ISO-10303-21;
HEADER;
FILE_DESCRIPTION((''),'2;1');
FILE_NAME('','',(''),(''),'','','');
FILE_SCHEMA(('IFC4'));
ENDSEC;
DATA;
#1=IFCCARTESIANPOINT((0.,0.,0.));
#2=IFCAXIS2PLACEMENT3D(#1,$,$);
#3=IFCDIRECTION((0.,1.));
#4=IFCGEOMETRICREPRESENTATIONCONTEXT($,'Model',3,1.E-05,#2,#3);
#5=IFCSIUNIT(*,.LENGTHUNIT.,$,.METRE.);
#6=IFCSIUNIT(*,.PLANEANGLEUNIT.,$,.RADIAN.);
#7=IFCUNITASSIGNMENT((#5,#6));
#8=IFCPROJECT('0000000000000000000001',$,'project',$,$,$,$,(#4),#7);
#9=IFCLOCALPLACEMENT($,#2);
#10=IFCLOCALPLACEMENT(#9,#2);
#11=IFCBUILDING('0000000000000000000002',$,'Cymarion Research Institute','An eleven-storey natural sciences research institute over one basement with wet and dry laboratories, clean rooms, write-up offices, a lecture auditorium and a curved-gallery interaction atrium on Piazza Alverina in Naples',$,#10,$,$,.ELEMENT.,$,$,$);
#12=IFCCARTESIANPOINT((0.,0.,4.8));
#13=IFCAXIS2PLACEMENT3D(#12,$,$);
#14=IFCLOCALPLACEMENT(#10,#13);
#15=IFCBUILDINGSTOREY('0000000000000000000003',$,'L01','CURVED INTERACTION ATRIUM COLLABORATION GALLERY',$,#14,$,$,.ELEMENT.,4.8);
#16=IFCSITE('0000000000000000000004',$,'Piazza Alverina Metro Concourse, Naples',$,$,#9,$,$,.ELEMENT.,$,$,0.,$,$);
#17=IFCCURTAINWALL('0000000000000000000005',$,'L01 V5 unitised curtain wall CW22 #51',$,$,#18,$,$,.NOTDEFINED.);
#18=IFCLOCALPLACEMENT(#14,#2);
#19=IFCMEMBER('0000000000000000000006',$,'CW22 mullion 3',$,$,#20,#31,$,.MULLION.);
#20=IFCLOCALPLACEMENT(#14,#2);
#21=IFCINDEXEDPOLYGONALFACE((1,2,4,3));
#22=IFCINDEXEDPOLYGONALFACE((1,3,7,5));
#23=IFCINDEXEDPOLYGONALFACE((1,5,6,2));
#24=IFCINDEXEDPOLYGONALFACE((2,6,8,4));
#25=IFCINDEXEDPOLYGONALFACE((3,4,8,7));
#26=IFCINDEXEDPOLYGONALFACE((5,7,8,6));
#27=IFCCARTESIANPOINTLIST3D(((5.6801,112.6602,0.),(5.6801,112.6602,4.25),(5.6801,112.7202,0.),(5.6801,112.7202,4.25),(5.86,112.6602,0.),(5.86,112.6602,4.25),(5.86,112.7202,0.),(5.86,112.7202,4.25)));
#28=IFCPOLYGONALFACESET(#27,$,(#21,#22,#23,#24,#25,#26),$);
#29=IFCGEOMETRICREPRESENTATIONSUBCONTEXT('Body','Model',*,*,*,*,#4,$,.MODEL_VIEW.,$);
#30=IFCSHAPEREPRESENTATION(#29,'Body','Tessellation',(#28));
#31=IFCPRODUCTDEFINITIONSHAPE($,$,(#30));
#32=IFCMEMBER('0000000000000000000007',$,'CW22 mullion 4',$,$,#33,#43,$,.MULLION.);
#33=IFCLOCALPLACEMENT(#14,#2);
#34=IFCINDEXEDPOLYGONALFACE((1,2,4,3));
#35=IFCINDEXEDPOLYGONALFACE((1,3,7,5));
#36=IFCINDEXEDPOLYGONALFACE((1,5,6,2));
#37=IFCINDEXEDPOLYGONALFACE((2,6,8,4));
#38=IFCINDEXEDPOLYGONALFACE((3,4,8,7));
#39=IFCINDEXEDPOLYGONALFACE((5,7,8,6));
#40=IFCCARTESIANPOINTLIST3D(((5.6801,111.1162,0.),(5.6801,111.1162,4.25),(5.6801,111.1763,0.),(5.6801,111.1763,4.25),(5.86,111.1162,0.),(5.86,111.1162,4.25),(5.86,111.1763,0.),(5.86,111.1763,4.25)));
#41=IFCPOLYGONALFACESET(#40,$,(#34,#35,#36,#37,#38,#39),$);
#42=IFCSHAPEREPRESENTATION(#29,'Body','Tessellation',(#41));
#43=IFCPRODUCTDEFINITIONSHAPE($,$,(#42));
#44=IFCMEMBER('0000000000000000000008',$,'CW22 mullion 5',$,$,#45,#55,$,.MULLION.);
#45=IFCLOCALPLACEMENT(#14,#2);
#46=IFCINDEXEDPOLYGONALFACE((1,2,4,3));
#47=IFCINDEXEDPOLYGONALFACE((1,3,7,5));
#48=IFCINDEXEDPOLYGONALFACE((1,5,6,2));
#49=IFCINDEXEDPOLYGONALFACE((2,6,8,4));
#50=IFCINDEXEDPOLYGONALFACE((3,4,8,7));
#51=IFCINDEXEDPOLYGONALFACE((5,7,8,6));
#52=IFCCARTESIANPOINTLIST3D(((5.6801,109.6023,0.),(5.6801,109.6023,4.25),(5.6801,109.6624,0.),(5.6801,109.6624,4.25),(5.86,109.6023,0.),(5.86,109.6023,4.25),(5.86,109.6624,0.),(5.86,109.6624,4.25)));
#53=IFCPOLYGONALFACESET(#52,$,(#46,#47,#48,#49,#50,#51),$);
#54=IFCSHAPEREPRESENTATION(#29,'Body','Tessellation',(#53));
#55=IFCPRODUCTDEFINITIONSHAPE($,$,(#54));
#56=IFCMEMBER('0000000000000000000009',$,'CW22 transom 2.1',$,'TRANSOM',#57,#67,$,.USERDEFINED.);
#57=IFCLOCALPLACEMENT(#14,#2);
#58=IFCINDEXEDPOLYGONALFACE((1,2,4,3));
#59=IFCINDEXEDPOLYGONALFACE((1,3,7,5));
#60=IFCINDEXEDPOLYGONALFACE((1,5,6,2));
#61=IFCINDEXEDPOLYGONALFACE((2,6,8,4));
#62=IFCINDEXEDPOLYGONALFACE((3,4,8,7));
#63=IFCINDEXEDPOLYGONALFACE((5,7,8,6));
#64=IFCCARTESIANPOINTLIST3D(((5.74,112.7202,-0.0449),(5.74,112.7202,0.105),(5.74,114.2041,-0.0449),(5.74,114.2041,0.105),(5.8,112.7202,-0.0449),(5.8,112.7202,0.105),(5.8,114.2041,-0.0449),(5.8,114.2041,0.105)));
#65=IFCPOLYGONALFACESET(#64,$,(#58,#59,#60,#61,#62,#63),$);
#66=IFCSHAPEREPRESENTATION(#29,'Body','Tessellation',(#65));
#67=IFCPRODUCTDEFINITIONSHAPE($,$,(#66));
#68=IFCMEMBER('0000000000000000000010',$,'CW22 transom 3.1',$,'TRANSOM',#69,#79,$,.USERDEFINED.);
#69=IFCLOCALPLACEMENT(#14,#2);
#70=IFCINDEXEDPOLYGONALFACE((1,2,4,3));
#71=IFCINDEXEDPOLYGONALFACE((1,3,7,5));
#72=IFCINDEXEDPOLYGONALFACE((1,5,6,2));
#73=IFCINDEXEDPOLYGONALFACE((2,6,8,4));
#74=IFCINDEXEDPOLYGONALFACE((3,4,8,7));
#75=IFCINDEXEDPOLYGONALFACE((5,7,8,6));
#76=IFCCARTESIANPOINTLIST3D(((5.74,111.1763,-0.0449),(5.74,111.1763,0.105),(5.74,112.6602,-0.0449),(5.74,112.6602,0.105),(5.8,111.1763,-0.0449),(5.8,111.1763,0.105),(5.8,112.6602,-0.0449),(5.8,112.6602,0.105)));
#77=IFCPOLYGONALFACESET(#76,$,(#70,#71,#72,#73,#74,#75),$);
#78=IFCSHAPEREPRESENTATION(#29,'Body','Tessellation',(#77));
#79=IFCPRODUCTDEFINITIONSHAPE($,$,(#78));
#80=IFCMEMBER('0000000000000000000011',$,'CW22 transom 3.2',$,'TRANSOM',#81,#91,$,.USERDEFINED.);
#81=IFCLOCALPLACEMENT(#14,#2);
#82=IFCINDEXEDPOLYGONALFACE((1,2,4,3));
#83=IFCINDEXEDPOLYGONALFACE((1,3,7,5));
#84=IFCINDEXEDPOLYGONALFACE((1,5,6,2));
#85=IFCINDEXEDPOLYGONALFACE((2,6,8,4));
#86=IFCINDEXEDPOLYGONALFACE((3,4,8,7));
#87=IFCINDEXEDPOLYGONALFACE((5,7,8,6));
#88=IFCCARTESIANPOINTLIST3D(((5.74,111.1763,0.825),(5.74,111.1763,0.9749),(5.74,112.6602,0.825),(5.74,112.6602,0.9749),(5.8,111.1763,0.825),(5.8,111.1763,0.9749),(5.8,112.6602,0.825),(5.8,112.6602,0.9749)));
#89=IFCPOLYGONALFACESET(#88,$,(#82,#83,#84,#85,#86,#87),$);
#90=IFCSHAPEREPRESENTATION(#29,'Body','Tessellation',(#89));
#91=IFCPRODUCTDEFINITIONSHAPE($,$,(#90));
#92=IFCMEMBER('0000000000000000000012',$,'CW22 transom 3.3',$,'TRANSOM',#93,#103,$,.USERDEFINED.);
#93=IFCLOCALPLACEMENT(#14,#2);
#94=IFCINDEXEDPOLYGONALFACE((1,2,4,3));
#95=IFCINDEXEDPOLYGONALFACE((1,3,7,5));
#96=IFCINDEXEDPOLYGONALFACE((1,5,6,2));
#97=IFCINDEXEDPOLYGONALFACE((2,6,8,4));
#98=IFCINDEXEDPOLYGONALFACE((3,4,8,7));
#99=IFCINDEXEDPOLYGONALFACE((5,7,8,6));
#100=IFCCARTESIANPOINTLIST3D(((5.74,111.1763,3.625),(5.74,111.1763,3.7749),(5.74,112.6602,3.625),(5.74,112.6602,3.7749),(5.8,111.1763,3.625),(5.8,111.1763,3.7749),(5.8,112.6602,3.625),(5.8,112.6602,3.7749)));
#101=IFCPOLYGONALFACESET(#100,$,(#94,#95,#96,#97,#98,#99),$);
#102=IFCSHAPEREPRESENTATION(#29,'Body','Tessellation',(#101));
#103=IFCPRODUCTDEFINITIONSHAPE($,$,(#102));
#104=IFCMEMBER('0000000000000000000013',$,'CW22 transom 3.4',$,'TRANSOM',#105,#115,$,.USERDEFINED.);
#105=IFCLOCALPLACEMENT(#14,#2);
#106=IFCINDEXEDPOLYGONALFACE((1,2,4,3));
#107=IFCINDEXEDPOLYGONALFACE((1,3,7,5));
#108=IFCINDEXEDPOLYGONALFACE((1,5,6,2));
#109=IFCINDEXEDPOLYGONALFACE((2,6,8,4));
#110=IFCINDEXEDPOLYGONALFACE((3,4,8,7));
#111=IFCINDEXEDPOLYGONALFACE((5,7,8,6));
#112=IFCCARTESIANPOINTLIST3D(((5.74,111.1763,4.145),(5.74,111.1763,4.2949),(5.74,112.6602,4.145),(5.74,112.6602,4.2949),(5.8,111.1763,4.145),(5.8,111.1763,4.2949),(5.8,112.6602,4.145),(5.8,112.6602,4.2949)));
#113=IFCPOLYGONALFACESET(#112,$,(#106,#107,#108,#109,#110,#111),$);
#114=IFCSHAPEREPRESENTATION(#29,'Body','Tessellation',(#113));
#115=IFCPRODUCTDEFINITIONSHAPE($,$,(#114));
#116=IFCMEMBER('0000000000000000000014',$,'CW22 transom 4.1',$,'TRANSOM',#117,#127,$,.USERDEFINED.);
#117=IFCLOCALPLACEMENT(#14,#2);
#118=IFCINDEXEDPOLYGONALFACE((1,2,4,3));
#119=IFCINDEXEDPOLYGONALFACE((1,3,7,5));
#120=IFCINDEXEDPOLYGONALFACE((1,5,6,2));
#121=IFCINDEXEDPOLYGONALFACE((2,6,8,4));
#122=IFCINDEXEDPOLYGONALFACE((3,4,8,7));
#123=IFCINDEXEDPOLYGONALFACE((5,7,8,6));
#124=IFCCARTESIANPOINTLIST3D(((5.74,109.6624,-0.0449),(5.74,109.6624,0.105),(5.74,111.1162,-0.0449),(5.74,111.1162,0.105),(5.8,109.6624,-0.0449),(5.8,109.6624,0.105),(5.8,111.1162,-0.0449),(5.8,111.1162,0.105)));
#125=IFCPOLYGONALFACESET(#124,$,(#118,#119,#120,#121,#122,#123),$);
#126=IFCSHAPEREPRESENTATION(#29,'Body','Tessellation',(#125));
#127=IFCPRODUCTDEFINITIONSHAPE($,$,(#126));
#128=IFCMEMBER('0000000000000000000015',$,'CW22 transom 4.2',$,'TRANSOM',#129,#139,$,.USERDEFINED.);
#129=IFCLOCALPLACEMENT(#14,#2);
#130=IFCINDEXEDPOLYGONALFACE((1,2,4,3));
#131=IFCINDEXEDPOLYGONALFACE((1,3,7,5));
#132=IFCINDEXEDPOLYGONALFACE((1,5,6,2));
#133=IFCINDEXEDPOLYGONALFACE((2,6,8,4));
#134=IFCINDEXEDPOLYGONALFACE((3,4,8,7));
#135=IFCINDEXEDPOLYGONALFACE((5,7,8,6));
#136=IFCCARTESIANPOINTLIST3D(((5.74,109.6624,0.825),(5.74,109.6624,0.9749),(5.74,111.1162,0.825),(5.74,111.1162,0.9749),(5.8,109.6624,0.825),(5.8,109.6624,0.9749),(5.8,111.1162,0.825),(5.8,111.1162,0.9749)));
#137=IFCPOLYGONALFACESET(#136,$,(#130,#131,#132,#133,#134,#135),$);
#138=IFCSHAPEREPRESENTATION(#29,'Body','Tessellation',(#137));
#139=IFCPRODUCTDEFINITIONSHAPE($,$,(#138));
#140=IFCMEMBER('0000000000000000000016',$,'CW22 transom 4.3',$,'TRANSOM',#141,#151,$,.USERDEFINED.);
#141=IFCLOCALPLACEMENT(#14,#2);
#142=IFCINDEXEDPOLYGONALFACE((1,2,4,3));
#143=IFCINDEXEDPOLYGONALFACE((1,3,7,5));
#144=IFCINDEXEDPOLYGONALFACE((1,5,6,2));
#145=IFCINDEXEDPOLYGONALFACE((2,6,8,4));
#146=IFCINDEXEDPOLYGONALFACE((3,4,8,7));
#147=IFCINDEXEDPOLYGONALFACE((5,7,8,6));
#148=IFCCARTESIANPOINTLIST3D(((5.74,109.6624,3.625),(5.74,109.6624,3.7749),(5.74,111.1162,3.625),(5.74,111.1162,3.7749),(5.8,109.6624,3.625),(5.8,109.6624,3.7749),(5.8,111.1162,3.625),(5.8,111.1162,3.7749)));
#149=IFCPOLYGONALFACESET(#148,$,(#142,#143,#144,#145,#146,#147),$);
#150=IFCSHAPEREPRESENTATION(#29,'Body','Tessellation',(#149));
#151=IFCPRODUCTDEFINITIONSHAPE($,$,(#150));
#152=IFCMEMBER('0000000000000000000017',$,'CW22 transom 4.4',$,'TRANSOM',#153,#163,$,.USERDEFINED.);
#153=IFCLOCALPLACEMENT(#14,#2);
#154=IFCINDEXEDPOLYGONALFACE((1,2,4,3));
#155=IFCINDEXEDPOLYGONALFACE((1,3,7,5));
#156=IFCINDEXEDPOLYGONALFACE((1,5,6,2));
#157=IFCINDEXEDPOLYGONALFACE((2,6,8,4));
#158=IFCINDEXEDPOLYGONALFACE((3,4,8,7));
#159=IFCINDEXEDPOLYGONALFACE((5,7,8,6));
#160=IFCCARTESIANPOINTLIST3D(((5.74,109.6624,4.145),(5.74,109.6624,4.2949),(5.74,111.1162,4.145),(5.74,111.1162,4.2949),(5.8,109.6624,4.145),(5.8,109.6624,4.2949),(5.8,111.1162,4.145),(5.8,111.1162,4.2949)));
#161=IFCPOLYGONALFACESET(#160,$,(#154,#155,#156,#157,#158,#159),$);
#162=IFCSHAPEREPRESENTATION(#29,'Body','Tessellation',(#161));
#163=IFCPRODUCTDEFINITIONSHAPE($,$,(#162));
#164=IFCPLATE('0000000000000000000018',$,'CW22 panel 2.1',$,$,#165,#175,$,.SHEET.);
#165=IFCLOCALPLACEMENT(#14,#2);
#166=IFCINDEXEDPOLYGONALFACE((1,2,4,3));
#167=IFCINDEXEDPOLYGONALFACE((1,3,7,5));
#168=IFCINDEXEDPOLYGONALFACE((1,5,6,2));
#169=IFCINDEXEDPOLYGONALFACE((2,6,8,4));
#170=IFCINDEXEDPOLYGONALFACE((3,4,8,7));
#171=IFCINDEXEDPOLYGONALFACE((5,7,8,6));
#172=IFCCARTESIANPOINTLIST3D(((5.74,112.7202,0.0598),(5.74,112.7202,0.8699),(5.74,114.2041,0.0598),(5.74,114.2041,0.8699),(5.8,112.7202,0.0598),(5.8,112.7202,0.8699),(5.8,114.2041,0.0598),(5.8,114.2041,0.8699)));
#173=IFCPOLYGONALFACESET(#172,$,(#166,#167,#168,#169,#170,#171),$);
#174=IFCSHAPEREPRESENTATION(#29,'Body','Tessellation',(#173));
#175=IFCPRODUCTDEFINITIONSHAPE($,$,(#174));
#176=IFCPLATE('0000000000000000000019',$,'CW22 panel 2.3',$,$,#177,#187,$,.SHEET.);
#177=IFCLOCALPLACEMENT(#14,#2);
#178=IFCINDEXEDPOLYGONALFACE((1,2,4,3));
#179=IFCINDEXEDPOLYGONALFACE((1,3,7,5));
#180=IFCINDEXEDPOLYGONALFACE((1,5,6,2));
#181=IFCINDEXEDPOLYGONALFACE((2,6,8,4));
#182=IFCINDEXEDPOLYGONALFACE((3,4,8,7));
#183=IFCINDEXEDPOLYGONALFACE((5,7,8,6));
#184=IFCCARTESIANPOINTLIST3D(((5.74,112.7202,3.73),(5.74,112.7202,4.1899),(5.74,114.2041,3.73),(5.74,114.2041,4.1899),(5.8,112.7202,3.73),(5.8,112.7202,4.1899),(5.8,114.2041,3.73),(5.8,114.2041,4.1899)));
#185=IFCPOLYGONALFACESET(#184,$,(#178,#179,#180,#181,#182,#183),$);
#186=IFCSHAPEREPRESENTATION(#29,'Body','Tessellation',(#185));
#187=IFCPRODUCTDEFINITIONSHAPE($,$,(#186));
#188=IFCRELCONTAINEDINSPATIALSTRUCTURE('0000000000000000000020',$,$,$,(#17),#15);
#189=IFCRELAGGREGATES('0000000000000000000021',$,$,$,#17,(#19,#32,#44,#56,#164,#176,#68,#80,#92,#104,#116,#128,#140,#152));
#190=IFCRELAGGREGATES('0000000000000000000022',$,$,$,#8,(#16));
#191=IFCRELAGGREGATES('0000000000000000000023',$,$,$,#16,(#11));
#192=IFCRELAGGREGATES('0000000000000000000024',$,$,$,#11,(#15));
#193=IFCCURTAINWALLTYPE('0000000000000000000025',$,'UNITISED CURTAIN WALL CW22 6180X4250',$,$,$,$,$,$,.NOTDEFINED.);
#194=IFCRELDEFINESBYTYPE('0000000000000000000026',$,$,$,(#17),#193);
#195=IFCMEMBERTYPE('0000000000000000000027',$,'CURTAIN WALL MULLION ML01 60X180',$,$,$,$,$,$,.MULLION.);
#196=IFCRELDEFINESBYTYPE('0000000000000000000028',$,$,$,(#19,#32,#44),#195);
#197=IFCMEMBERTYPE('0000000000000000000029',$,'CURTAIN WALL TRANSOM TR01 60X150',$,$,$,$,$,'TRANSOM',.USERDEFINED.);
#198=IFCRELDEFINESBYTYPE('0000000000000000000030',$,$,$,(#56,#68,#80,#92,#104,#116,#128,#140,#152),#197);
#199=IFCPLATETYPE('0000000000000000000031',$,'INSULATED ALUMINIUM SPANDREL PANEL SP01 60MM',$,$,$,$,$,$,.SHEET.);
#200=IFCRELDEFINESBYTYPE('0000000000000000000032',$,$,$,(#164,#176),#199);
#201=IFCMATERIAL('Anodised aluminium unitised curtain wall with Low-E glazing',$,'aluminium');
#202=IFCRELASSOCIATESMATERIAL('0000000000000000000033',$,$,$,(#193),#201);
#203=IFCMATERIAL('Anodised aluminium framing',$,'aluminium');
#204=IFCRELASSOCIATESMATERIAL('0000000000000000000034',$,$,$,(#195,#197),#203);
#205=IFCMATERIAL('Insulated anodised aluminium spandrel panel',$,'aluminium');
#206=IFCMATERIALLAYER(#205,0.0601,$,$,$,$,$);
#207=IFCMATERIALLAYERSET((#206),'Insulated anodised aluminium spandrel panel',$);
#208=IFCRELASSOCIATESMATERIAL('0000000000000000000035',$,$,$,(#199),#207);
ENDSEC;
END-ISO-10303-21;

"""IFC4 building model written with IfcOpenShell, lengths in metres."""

from ifc_helpers import new_model, si_unit, direction, frame, origin, origin_2d, place, context, subcontext, project, spatial, rectangle, extrude, material, layer, layer_set, material_profile, profile_set, type_object, element, aggregate, save


model = new_model("IFC4")

# Units and contexts
model_context = context("Model", 3, precision=1e-05, world=origin(), true_north=direction((0.0, 1.0)))
body_context = subcontext(model_context, "Body", "Model", "MODEL_VIEW")
ifc_project = project(units=[si_unit("LENGTHUNIT", "METRE"), si_unit("PLANEANGLEUNIT", "RADIAN")], contexts=[model_context])

# Site, building, storey
site_placement = place(None, origin())
site = spatial("IfcSite", under=ifc_project, at=site_placement, Name="Piazza Alverina Metro Concourse, Naples", CompositionType="ELEMENT", RefElevation=0.0)
building_placement = place(site_placement, origin())
building = spatial("IfcBuilding", under=site, at=building_placement, Name="Cymarion Research Institute", Description="An eleven-storey natural sciences research institute over one basement with wet and dry laboratories, clean rooms, write-up offices, a lecture auditorium and a curved-gallery interaction atrium on Piazza Alverina in Naples", CompositionType="ELEMENT")
storey_placement = place(building_placement, frame((0.0, 0.0, 4.8)))
storey = spatial("IfcBuildingStorey", under=building, at=storey_placement, Name="L01", Description="CURVED INTERACTION ATRIUM COLLABORATION GALLERY", CompositionType="ELEMENT", Elevation=4.8)

# Curtain wall, members, plates
ifc_material_1 = material(Name="Anodised aluminium unitised curtain wall with Low-E glazing", Category="aluminium")
curtain_wall_type = type_object("IfcCurtainWallType", Name="UNITISED CURTAIN WALL CW22 6180X4250", PredefinedType="NOTDEFINED", material=ifc_material_1)
curtain_wall_placement = place(storey_placement, origin())
curtain_wall = element("IfcCurtainWall", 1, at=curtain_wall_placement, inside=storey, type_object=curtain_wall_type, Name="L01 V5 unitised curtain wall CW22 #51", PredefinedType="NOTDEFINED")
ifc_material_2 = material(Name="Anodised aluminium framing", Category="aluminium")
ifc_material_profile_1 = material_profile(ifc_material_2, rectangle(XDim=0.0601, YDim=0.1799, at=origin_2d()), Name="ALU MULLION 60x180")
ifc_profile_set_1 = profile_set([ifc_material_profile_1], Name="Anodised aluminium framing")
member_type_1 = type_object("IfcMemberType", Name="CURTAIN WALL MULLION ML01 60X180", PredefinedType="MULLION", material=ifc_profile_set_1)
member_1_placement = place(storey_placement, frame((5.77, 112.6902, 0.0), z_axis=(0.0, 0.0, 1.0), x_axis=(0.0, -1.0, 0.0)))
member_1 = element("IfcMember", 2, at=member_1_placement, type_object=member_type_1, Name="CW22 mullion 3", PredefinedType="MULLION", context=body_context, shape_type="SweptSolid", body=[
    extrude(rectangle(XDim=0.0601, YDim=0.1799, at=origin_2d()), origin(), (0.0, 0.0, 1.0), 4.25),
])
member_2_placement = place(storey_placement, frame((5.77, 111.1462, 0.0), z_axis=(0.0, 0.0, 1.0), x_axis=(0.0, -1.0, 0.0)))
member_2 = element("IfcMember", 3, at=member_2_placement, type_object=member_type_1, Name="CW22 mullion 4", PredefinedType="MULLION", context=body_context, shape_type="SweptSolid", body=[
    extrude(rectangle(XDim=0.0601, YDim=0.1799, at=origin_2d()), origin(), (0.0, 0.0, 1.0), 4.25),
])
member_3_placement = place(storey_placement, frame((5.77, 109.6323, 0.0), z_axis=(0.0, 0.0, 1.0), x_axis=(0.0, -1.0, 0.0)))
member_3 = element("IfcMember", 4, at=member_3_placement, type_object=member_type_1, Name="CW22 mullion 5", PredefinedType="MULLION", context=body_context, shape_type="SweptSolid", body=[
    extrude(rectangle(XDim=0.0601, YDim=0.1799, at=origin_2d()), origin(), (0.0, 0.0, 1.0), 4.25),
])
ifc_material_profile_2 = material_profile(ifc_material_2, rectangle(XDim=0.0601, YDim=0.1499, at=origin_2d()), Name="ALU TRANSOM 60x150")
ifc_profile_set_2 = profile_set([ifc_material_profile_2], Name="Anodised aluminium framing")
member_type_2 = type_object("IfcMemberType", Name="CURTAIN WALL TRANSOM TR01 60X150", ElementType="TRANSOM", PredefinedType="USERDEFINED", material=ifc_profile_set_2)
member_4_placement = place(storey_placement, frame((5.77, 114.2041, 0.03), z_axis=(0.0, -1.0, 0.0), x_axis=(1.0, 0.0, 0.0)))
member_4 = element("IfcMember", 5, at=member_4_placement, type_object=member_type_2, Name="CW22 transom 2.1", ObjectType="TRANSOM", PredefinedType="USERDEFINED", context=body_context, shape_type="SweptSolid", body=[
    extrude(rectangle(XDim=0.0601, YDim=0.1499, at=origin_2d()), origin(), (0.0, 0.0, 1.0), 1.4839),
])
member_5_placement = place(storey_placement, frame((5.77, 112.6602, 0.03), z_axis=(0.0, -1.0, 0.0), x_axis=(1.0, 0.0, 0.0)))
member_5 = element("IfcMember", 6, at=member_5_placement, type_object=member_type_2, Name="CW22 transom 3.1", ObjectType="TRANSOM", PredefinedType="USERDEFINED", context=body_context, shape_type="SweptSolid", body=[
    extrude(rectangle(XDim=0.0601, YDim=0.1499, at=origin_2d()), origin(), (0.0, 0.0, 1.0), 1.4839),
])
member_6_placement = place(storey_placement, frame((5.77, 112.6602, 0.8999), z_axis=(0.0, -1.0, 0.0), x_axis=(1.0, 0.0, 0.0)))
member_6 = element("IfcMember", 7, at=member_6_placement, type_object=member_type_2, Name="CW22 transom 3.2", ObjectType="TRANSOM", PredefinedType="USERDEFINED", context=body_context, shape_type="SweptSolid", body=[
    extrude(rectangle(XDim=0.0601, YDim=0.1499, at=origin_2d()), origin(), (0.0, 0.0, 1.0), 1.4839),
])
member_7_placement = place(storey_placement, frame((5.77, 112.6602, 3.7), z_axis=(0.0, -1.0, 0.0), x_axis=(1.0, 0.0, 0.0)))
member_7 = element("IfcMember", 8, at=member_7_placement, type_object=member_type_2, Name="CW22 transom 3.3", ObjectType="TRANSOM", PredefinedType="USERDEFINED", context=body_context, shape_type="SweptSolid", body=[
    extrude(rectangle(XDim=0.0601, YDim=0.1499, at=origin_2d()), origin(), (0.0, 0.0, 1.0), 1.4839),
])
member_8_placement = place(storey_placement, frame((5.77, 112.6602, 4.22), z_axis=(0.0, -1.0, 0.0), x_axis=(1.0, 0.0, 0.0)))
member_8 = element("IfcMember", 9, at=member_8_placement, type_object=member_type_2, Name="CW22 transom 3.4", ObjectType="TRANSOM", PredefinedType="USERDEFINED", context=body_context, shape_type="SweptSolid", body=[
    extrude(rectangle(XDim=0.0601, YDim=0.1499, at=origin_2d()), origin(), (0.0, 0.0, 1.0), 1.4839),
])
member_9_placement = place(storey_placement, frame((5.77, 111.1162, 0.03), z_axis=(0.0, -1.0, 0.0), x_axis=(1.0, 0.0, 0.0)))
member_9 = element("IfcMember", 10, at=member_9_placement, type_object=member_type_2, Name="CW22 transom 4.1", ObjectType="TRANSOM", PredefinedType="USERDEFINED", context=body_context, shape_type="SweptSolid", body=[
    extrude(rectangle(XDim=0.0601, YDim=0.1499, at=origin_2d()), origin(), (0.0, 0.0, 1.0), 1.4539),
])
member_10_placement = place(storey_placement, frame((5.77, 111.1162, 0.8999), z_axis=(0.0, -1.0, 0.0), x_axis=(1.0, 0.0, 0.0)))
member_10 = element("IfcMember", 11, at=member_10_placement, type_object=member_type_2, Name="CW22 transom 4.2", ObjectType="TRANSOM", PredefinedType="USERDEFINED", context=body_context, shape_type="SweptSolid", body=[
    extrude(rectangle(XDim=0.0601, YDim=0.1499, at=origin_2d()), origin(), (0.0, 0.0, 1.0), 1.4539),
])
member_11_placement = place(storey_placement, frame((5.77, 111.1162, 3.7), z_axis=(0.0, -1.0, 0.0), x_axis=(1.0, 0.0, 0.0)))
member_11 = element("IfcMember", 12, at=member_11_placement, type_object=member_type_2, Name="CW22 transom 4.3", ObjectType="TRANSOM", PredefinedType="USERDEFINED", context=body_context, shape_type="SweptSolid", body=[
    extrude(rectangle(XDim=0.0601, YDim=0.1499, at=origin_2d()), origin(), (0.0, 0.0, 1.0), 1.4539),
])
member_12_placement = place(storey_placement, frame((5.77, 111.1162, 4.22), z_axis=(0.0, -1.0, 0.0), x_axis=(1.0, 0.0, 0.0)))
member_12 = element("IfcMember", 13, at=member_12_placement, type_object=member_type_2, Name="CW22 transom 4.4", ObjectType="TRANSOM", PredefinedType="USERDEFINED", context=body_context, shape_type="SweptSolid", body=[
    extrude(rectangle(XDim=0.0601, YDim=0.1499, at=origin_2d()), origin(), (0.0, 0.0, 1.0), 1.4539),
])
ifc_material_3 = material(Name="Insulated anodised aluminium spandrel panel", Category="aluminium")
ifc_layer_1 = layer(ifc_material_3, 0.0601)
ifc_layer_set_1 = layer_set([ifc_layer_1], Name="Insulated anodised aluminium spandrel panel")
plate_type_1 = type_object("IfcPlateType", Name="INSULATED ALUMINIUM SPANDREL PANEL SP01 60MM", PredefinedType="SHEET", material=ifc_layer_set_1)
plate_1_placement = place(storey_placement, frame((5.77, 113.4622, 0.0598), z_axis=(0.0, 0.0, 1.0), x_axis=(0.0, -1.0, 0.0)))
plate_1 = element("IfcPlate", 14, at=plate_1_placement, type_object=plate_type_1, Name="CW22 panel 2.1", PredefinedType="SHEET", context=body_context, shape_type="SweptSolid", body=[
    extrude(rectangle(XDim=1.4839, YDim=0.0601, at=origin_2d()), origin(), (0.0, 0.0, 1.0), 0.8101),
])
plate_2_placement = place(storey_placement, frame((5.77, 113.4622, 3.73), z_axis=(0.0, 0.0, 1.0), x_axis=(0.0, -1.0, 0.0)))
plate_2 = element("IfcPlate", 15, at=plate_2_placement, type_object=plate_type_1, Name="CW22 panel 2.3", PredefinedType="SHEET", context=body_context, shape_type="SweptSolid", body=[
    extrude(rectangle(XDim=1.4839, YDim=0.0601, at=origin_2d()), origin(), (0.0, 0.0, 1.0), 0.46),
])
aggregate(curtain_wall, [member_1, member_2, member_3, member_4, plate_1, plate_2, member_5, member_6, member_7, member_8, member_9, member_10, member_11, member_12])

save(model, "model.ifc")
